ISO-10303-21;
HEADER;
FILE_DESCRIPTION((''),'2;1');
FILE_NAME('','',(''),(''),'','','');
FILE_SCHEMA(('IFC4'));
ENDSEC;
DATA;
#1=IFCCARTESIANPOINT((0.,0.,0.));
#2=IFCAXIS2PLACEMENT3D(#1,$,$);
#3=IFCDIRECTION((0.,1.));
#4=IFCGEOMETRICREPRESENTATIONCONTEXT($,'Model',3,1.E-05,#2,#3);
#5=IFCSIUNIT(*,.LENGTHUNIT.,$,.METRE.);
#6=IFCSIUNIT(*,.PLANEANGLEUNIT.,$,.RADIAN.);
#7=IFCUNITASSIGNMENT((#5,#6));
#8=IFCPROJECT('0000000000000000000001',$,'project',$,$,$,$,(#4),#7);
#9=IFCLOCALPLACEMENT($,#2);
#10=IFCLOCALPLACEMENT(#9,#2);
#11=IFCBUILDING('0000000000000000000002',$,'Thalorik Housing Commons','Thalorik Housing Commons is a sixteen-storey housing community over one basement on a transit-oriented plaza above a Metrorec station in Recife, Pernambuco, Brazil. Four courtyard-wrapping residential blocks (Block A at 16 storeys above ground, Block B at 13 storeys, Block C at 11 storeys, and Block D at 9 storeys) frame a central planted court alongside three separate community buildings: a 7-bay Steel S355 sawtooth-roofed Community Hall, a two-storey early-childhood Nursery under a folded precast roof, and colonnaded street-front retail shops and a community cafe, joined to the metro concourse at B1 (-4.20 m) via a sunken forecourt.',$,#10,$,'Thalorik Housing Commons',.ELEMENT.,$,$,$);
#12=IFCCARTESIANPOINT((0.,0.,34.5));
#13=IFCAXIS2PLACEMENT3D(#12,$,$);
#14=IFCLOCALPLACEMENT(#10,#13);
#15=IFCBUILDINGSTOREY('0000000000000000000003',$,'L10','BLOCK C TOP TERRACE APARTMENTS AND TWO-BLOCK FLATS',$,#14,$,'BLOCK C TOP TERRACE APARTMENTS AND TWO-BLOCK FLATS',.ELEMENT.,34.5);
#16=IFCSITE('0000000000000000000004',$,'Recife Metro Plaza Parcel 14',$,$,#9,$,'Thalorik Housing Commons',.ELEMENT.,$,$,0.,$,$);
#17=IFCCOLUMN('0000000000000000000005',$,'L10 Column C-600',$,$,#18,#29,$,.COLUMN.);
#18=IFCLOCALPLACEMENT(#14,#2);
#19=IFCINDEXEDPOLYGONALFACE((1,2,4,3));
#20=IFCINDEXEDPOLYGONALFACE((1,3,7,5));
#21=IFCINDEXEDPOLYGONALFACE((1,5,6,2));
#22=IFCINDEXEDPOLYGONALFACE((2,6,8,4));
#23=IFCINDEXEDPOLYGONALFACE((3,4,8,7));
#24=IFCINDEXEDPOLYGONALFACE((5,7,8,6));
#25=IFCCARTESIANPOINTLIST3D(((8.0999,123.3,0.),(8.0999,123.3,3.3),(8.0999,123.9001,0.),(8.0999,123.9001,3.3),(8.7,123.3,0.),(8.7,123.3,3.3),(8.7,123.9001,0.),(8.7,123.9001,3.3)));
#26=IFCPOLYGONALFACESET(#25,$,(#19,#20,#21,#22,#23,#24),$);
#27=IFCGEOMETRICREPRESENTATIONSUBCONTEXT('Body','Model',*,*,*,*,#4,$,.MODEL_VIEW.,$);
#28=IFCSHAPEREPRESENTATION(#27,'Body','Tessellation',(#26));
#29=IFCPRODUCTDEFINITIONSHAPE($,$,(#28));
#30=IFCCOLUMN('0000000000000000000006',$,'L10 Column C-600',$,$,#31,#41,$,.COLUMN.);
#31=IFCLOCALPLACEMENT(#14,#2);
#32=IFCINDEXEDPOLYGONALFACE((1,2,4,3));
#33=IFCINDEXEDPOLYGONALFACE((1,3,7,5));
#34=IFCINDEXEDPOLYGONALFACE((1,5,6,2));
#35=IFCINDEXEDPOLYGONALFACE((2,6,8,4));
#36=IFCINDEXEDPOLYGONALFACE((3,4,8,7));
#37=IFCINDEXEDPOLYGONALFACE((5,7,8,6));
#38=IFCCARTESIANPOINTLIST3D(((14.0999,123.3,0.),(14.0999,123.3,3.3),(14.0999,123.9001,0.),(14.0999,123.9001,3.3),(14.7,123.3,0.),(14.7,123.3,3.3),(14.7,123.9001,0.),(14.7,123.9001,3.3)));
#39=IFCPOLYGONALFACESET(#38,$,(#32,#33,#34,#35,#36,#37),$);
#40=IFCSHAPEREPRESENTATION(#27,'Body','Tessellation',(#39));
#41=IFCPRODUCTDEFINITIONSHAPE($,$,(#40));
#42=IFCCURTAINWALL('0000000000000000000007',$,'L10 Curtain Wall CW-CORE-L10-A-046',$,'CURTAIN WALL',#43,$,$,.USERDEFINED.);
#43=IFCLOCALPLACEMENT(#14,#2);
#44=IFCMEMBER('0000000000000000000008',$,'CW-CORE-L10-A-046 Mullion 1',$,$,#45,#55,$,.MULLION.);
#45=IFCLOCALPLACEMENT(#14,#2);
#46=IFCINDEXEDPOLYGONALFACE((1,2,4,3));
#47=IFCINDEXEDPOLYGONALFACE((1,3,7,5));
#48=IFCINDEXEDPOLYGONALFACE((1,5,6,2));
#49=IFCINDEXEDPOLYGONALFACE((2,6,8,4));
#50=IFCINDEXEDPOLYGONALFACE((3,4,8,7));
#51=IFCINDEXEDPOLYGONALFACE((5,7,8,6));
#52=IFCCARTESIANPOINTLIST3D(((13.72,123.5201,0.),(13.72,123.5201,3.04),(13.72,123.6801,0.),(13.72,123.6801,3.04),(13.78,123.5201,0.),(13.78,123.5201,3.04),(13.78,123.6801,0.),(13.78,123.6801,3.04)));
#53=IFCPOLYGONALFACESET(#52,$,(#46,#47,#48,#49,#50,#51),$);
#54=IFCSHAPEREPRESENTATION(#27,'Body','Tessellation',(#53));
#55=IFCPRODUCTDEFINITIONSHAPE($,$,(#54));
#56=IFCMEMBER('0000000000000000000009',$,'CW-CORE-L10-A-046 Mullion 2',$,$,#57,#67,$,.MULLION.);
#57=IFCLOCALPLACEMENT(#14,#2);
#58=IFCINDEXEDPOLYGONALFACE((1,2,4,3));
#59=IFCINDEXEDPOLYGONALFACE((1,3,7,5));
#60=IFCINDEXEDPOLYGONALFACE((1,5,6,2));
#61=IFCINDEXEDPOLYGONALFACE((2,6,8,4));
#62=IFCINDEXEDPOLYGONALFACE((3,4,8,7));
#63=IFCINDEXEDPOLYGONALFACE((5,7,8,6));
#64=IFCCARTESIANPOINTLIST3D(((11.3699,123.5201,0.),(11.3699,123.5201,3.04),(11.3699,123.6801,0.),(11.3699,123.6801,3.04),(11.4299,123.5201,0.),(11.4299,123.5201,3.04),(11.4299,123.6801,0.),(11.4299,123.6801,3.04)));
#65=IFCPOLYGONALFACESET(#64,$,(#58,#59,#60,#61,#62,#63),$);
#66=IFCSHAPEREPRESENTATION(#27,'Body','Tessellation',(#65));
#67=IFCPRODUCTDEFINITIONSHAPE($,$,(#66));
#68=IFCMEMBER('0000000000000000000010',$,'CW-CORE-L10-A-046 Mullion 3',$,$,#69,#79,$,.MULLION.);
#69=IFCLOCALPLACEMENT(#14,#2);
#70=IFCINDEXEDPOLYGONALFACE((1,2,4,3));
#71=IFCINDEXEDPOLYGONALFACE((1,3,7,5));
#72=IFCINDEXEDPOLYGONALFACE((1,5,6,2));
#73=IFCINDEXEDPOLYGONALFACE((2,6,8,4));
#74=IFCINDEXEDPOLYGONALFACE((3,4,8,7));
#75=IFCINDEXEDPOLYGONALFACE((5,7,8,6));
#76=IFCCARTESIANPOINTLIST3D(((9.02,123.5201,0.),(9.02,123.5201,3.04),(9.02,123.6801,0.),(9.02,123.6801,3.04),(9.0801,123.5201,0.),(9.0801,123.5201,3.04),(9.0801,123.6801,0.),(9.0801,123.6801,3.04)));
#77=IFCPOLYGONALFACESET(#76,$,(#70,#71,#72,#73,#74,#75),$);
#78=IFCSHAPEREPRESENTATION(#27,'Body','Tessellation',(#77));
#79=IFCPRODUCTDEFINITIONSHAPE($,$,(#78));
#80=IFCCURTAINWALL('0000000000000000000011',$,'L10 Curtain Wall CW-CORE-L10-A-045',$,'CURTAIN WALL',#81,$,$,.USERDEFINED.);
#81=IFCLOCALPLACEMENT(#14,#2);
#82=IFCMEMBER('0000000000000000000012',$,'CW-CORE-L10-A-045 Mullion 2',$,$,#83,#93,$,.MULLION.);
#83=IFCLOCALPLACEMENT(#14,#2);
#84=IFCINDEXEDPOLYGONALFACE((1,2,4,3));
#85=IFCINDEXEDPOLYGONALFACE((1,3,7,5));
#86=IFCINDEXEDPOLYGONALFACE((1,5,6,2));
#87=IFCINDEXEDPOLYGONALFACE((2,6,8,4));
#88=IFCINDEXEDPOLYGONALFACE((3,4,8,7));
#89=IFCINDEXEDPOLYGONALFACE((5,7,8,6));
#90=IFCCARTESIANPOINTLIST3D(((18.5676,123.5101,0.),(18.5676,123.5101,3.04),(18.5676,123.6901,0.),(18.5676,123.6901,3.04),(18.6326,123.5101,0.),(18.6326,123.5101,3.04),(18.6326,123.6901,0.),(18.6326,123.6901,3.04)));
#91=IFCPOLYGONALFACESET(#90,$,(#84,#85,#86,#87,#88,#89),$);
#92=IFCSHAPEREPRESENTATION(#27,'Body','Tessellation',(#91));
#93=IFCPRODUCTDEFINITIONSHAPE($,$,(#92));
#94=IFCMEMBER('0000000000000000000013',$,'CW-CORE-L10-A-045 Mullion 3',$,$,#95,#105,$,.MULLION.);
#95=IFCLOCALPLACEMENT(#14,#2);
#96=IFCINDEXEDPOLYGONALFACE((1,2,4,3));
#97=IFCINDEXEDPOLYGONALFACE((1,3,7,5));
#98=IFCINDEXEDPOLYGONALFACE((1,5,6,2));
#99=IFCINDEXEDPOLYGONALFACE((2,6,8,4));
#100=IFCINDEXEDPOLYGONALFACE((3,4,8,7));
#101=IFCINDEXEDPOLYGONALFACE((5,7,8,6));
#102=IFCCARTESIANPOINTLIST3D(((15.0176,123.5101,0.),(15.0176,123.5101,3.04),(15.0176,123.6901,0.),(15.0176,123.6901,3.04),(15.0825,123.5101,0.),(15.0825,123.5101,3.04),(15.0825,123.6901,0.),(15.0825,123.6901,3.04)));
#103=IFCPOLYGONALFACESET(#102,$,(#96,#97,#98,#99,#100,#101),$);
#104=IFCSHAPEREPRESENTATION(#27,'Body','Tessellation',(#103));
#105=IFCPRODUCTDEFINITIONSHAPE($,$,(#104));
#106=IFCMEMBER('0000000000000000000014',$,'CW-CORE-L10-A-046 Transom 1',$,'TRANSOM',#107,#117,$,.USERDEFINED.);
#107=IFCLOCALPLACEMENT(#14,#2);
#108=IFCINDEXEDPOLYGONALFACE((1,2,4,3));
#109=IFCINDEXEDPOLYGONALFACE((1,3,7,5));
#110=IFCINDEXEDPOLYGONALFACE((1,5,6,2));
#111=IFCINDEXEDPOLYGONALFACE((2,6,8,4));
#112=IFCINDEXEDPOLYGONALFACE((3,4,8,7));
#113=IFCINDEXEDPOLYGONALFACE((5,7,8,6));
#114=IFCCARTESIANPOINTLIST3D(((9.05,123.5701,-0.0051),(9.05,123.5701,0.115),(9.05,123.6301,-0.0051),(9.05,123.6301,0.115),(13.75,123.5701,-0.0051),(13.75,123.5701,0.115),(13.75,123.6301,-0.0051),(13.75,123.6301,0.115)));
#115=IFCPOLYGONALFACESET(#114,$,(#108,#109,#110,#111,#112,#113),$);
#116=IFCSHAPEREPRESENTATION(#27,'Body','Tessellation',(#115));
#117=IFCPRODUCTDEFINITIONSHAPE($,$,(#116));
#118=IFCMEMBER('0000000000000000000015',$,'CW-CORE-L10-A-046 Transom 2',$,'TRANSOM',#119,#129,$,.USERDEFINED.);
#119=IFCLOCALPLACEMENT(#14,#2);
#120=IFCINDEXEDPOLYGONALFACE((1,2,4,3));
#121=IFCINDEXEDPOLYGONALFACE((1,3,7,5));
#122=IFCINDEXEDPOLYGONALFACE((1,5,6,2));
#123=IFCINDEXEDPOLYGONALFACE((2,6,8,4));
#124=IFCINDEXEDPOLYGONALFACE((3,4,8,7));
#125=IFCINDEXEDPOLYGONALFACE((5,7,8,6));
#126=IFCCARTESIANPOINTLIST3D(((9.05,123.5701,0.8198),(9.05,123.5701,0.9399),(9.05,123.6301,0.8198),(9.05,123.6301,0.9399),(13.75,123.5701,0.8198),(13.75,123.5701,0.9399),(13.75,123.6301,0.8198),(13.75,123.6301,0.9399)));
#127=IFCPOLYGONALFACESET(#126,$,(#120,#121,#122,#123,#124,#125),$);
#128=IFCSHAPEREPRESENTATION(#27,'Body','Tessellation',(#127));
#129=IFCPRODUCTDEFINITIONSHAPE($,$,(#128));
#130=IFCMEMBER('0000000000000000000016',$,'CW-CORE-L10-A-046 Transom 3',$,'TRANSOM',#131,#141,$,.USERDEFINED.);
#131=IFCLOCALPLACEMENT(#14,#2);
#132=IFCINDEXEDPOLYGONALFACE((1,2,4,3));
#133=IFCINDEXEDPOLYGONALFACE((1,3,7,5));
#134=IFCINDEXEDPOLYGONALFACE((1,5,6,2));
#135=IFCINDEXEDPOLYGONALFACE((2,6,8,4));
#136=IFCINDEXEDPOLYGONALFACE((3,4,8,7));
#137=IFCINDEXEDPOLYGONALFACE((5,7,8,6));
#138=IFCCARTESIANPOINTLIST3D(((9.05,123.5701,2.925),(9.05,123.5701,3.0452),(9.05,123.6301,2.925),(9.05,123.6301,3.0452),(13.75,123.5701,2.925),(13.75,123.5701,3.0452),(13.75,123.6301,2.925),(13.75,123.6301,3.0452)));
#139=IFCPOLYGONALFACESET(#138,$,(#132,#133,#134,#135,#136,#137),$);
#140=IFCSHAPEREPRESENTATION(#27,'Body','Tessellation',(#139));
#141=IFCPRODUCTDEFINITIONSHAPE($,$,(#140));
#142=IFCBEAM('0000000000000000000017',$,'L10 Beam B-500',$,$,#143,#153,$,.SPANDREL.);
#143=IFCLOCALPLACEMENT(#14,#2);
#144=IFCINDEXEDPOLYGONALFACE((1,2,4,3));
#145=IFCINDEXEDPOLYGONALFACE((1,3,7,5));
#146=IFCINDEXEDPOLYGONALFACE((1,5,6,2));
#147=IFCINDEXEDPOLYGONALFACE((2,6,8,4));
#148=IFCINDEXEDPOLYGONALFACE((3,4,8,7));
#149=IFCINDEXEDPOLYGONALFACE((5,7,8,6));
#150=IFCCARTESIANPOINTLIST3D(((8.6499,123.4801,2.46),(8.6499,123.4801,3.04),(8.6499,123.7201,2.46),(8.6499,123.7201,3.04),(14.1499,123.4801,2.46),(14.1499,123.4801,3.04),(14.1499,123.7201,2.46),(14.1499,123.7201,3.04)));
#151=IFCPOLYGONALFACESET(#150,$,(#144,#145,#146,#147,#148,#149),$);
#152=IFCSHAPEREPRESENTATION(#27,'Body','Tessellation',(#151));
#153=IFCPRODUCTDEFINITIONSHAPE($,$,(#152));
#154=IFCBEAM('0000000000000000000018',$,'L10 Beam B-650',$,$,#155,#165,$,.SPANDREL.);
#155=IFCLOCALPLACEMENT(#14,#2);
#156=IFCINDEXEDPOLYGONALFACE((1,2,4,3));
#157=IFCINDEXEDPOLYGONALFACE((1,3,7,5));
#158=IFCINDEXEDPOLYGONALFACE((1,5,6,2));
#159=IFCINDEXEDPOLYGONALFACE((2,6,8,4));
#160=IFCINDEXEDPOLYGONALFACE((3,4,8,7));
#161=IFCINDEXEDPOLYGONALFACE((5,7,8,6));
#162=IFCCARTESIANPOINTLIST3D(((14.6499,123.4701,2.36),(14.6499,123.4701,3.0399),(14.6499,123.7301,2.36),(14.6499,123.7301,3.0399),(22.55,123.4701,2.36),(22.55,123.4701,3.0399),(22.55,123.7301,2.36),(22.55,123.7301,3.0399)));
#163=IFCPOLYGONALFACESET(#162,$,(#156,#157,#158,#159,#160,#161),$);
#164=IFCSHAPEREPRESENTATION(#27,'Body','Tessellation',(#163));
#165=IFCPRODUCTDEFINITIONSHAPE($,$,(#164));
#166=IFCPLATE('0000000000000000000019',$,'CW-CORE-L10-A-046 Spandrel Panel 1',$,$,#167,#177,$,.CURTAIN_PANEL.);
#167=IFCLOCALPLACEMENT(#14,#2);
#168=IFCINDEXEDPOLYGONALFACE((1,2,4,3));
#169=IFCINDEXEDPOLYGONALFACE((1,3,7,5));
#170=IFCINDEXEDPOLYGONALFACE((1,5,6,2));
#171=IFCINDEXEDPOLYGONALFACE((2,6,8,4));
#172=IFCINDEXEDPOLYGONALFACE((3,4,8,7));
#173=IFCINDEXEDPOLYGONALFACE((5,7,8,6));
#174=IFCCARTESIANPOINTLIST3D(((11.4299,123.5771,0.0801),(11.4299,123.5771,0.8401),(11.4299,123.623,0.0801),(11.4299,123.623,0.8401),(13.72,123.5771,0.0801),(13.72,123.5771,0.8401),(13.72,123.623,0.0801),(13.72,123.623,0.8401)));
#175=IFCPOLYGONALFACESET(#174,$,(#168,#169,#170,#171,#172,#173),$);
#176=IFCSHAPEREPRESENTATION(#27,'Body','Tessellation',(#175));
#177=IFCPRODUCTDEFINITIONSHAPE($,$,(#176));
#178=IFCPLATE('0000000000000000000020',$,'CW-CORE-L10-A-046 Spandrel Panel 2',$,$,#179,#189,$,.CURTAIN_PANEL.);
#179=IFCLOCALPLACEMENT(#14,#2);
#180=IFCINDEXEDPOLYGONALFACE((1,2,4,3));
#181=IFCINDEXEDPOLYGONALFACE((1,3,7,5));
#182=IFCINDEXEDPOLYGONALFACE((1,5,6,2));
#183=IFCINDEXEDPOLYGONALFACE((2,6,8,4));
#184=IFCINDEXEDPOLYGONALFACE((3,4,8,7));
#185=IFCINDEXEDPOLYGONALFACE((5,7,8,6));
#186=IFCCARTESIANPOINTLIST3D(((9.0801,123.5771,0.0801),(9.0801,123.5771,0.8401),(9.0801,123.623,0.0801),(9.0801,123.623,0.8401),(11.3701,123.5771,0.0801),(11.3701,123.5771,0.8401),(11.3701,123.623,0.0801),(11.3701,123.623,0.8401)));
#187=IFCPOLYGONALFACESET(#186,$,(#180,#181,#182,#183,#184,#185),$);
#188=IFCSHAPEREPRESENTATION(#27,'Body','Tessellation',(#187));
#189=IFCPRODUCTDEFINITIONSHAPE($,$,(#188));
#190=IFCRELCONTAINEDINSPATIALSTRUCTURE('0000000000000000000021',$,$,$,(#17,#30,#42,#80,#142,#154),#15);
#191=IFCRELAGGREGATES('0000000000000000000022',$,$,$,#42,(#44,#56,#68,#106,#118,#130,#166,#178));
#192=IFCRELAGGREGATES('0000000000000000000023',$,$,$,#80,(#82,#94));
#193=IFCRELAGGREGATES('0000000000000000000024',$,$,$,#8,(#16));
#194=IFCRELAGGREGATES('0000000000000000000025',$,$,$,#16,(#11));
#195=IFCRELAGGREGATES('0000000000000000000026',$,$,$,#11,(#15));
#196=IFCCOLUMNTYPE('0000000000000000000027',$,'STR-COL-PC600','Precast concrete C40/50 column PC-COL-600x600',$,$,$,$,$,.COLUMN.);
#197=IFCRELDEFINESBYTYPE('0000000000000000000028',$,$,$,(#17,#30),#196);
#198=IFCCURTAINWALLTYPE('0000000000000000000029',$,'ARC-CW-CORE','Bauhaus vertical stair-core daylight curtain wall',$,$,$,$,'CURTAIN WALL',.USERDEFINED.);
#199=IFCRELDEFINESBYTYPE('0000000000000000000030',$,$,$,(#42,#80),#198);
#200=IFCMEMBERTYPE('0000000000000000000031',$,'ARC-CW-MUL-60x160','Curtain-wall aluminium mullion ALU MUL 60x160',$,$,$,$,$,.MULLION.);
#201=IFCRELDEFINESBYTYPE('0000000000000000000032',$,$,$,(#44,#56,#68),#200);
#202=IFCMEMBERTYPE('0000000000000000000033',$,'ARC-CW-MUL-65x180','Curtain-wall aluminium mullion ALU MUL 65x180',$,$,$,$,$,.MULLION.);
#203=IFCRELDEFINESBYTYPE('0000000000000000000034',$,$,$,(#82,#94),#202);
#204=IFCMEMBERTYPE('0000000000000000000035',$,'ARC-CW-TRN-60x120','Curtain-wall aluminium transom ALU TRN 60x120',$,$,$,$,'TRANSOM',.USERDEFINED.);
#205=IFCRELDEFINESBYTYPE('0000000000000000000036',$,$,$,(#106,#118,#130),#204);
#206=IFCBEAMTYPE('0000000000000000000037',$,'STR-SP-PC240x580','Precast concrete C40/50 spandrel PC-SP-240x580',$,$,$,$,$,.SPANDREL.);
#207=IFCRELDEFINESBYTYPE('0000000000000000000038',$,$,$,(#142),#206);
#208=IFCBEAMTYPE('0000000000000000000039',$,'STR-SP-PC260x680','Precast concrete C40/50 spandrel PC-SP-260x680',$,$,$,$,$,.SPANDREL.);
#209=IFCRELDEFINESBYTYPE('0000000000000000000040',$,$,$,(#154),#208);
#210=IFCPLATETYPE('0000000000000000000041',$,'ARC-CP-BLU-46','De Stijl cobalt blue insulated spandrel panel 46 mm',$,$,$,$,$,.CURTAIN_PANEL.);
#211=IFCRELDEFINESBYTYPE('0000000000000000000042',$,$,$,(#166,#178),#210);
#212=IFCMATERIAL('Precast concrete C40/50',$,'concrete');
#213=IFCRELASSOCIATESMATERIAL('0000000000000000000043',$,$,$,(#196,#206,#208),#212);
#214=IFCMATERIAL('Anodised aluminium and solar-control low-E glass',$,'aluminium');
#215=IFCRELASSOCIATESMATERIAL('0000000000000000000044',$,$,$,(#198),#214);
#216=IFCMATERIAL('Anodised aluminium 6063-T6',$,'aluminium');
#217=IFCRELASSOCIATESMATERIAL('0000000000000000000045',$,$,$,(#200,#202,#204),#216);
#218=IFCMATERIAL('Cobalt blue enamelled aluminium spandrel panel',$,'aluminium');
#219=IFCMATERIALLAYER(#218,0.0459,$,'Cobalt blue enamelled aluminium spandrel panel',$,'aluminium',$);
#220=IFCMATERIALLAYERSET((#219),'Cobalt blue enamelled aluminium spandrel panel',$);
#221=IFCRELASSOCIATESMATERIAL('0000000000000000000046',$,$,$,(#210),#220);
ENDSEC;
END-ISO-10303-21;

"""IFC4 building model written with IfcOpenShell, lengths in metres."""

from ifc_helpers import new_model, si_unit, direction, frame, origin, origin_2d, place, context, subcontext, project, spatial, rectangle, extrude, material, layer, layer_set, material_profile, profile_set, type_object, element, aggregate, save


model = new_model("IFC4")

# Units and contexts
model_context = context("Model", 3, precision=1e-05, world=origin(), true_north=direction((0.0, 1.0)))
body_context = subcontext(model_context, "Body", "Model", "MODEL_VIEW")
ifc_project = project(units=[si_unit("LENGTHUNIT", "METRE"), si_unit("PLANEANGLEUNIT", "RADIAN")], contexts=[model_context])

# Site, building, storey
site_placement = place(None, origin())
site = spatial("IfcSite", under=ifc_project, at=site_placement, Name="Recife Metro Plaza Parcel 14", LongName="Thalorik Housing Commons", CompositionType="ELEMENT", RefElevation=0.0)
building_placement = place(site_placement, origin())
building = spatial("IfcBuilding", under=site, at=building_placement, Name="Thalorik Housing Commons", Description="Thalorik Housing Commons is a sixteen-storey housing community over one basement on a transit-oriented plaza above a Metrorec station in Recife, Pernambuco, Brazil. Four courtyard-wrapping residential blocks (Block A at 16 storeys above ground, Block B at 13 storeys, Block C at 11 storeys, and Block D at 9 storeys) frame a central planted court alongside three separate community buildings: a 7-bay Steel S355 sawtooth-roofed Community Hall, a two-storey early-childhood Nursery under a folded precast roof, and colonnaded street-front retail shops and a community cafe, joined to the metro concourse at B1 (-4.20 m) via a sunken forecourt.", LongName="Thalorik Housing Commons", CompositionType="ELEMENT")
storey_placement = place(building_placement, frame((0.0, 0.0, 34.5)))
storey = spatial("IfcBuildingStorey", under=building, at=storey_placement, Name="L10", Description="BLOCK C TOP TERRACE APARTMENTS AND TWO-BLOCK FLATS", LongName="BLOCK C TOP TERRACE APARTMENTS AND TWO-BLOCK FLATS", CompositionType="ELEMENT", Elevation=34.5)

# Columns
ifc_material_1 = material(Name="Precast concrete C40/50", Category="concrete")
ifc_material_profile_1 = material_profile(ifc_material_1, rectangle(XDim=0.6001, YDim=0.6001, at=origin_2d()), Name="PC 600x600", Category="concrete")
ifc_profile_set_1 = profile_set([ifc_material_profile_1], Name="Precast concrete C40/50")
column_type = type_object("IfcColumnType", Name="STR-COL-PC600", Description="Precast concrete C40/50 column PC-COL-600x600", PredefinedType="COLUMN", material=ifc_profile_set_1)
for number, where, z_axis, x_axis, name in (
    (1, (8.3999, 123.6001, 0.0), (0.0, 0.0, 1.0), (1.0, 0.0, 0.0), "L10 Column C-600"),
    (2, (14.3999, 123.6001, 0.0), (0.0, 0.0, 1.0), (1.0, 0.0, 0.0), "L10 Column C-600"),
):
    element("IfcColumn", number, at=place(storey_placement, frame(where, z_axis=z_axis, x_axis=x_axis)), inside=storey, type_object=column_type, Name=name, PredefinedType="COLUMN", context=body_context, shape_type="SweptSolid", body=[
        extrude(rectangle(XDim=0.6001, YDim=0.6001, at=origin_2d()), origin(), (0.0, 0.0, 1.0), 3.3),
    ])

# Curtain walls, members
ifc_material_2 = material(Name="Anodised aluminium and solar-control low-E glass", Category="aluminium")
curtain_wall_type = type_object("IfcCurtainWallType", Name="ARC-CW-CORE", Description="Bauhaus vertical stair-core daylight curtain wall", ElementType="CURTAIN WALL", PredefinedType="USERDEFINED", material=ifc_material_2)
curtain_wall_1_placement = place(storey_placement, origin())
curtain_wall_1 = element("IfcCurtainWall", 3, at=curtain_wall_1_placement, inside=storey, type_object=curtain_wall_type, Name="L10 Curtain Wall CW-CORE-L10-A-046", ObjectType="CURTAIN WALL", PredefinedType="USERDEFINED")
ifc_material_3 = material(Name="Anodised aluminium 6063-T6", Category="aluminium")
ifc_material_profile_2 = material_profile(ifc_material_3, rectangle(XDim=0.0601, YDim=0.1599, at=origin_2d()), Name="ALU MUL 60x160", Category="aluminium")
ifc_profile_set_2 = profile_set([ifc_material_profile_2], Name="Anodised aluminium 6063-T6")
member_type_1 = type_object("IfcMemberType", Name="ARC-CW-MUL-60x160", Description="Curtain-wall aluminium mullion ALU MUL 60x160", PredefinedType="MULLION", material=ifc_profile_set_2)
member_1_placement = place(storey_placement, frame((13.75, 123.6001, 0.0), z_axis=(0.0, 0.0, 1.0), x_axis=(-1.0, 0.0, 0.0)))
member_1 = element("IfcMember", 4, at=member_1_placement, type_object=member_type_1, Name="CW-CORE-L10-A-046 Mullion 1", PredefinedType="MULLION", context=body_context, shape_type="SweptSolid", body=[
    extrude(rectangle(XDim=0.0601, YDim=0.1599, at=origin_2d()), origin(), (0.0, 0.0, 1.0), 3.04),
])
member_2_placement = place(storey_placement, frame((11.3999, 123.6001, 0.0), z_axis=(0.0, 0.0, 1.0), x_axis=(-1.0, 0.0, 0.0)))
member_2 = element("IfcMember", 5, at=member_2_placement, type_object=member_type_1, Name="CW-CORE-L10-A-046 Mullion 2", PredefinedType="MULLION", context=body_context, shape_type="SweptSolid", body=[
    extrude(rectangle(XDim=0.0601, YDim=0.1599, at=origin_2d()), origin(), (0.0, 0.0, 1.0), 3.04),
])
member_3_placement = place(storey_placement, frame((9.05, 123.6001, 0.0), z_axis=(0.0, 0.0, 1.0), x_axis=(-1.0, 0.0, 0.0)))
member_3 = element("IfcMember", 6, at=member_3_placement, type_object=member_type_1, Name="CW-CORE-L10-A-046 Mullion 3", PredefinedType="MULLION", context=body_context, shape_type="SweptSolid", body=[
    extrude(rectangle(XDim=0.0601, YDim=0.1599, at=origin_2d()), origin(), (0.0, 0.0, 1.0), 3.04),
])
curtain_wall_2_placement = place(storey_placement, origin())
curtain_wall_2 = element("IfcCurtainWall", 7, at=curtain_wall_2_placement, inside=storey, type_object=curtain_wall_type, Name="L10 Curtain Wall CW-CORE-L10-A-045", ObjectType="CURTAIN WALL", PredefinedType="USERDEFINED")
ifc_material_profile_3 = material_profile(ifc_material_3, rectangle(XDim=0.0649, YDim=0.1799, at=origin_2d()), Name="ALU MUL 65x180", Category="aluminium")
ifc_profile_set_3 = profile_set([ifc_material_profile_3], Name="Anodised aluminium 6063-T6")
member_type_2 = type_object("IfcMemberType", Name="ARC-CW-MUL-65x180", Description="Curtain-wall aluminium mullion ALU MUL 65x180", PredefinedType="MULLION", material=ifc_profile_set_3)
member_4_placement = place(storey_placement, frame((18.6001, 123.6001, 0.0), z_axis=(0.0, 0.0, 1.0), x_axis=(-1.0, 0.0, 0.0)))
member_4 = element("IfcMember", 8, at=member_4_placement, type_object=member_type_2, Name="CW-CORE-L10-A-045 Mullion 2", PredefinedType="MULLION", context=body_context, shape_type="SweptSolid", body=[
    extrude(rectangle(XDim=0.0649, YDim=0.1799, at=origin_2d()), origin(), (0.0, 0.0, 1.0), 3.04),
])
member_5_placement = place(storey_placement, frame((15.05, 123.6001, 0.0), z_axis=(0.0, 0.0, 1.0), x_axis=(-1.0, 0.0, 0.0)))
member_5 = element("IfcMember", 9, at=member_5_placement, type_object=member_type_2, Name="CW-CORE-L10-A-045 Mullion 3", PredefinedType="MULLION", context=body_context, shape_type="SweptSolid", body=[
    extrude(rectangle(XDim=0.0649, YDim=0.1799, at=origin_2d()), origin(), (0.0, 0.0, 1.0), 3.04),
])

# Members
ifc_material_profile_4 = material_profile(ifc_material_3, rectangle(XDim=0.0601, YDim=0.1201, at=origin_2d()), Name="ALU TRN 60x120", Category="aluminium")
ifc_profile_set_4 = profile_set([ifc_material_profile_4], Name="Anodised aluminium 6063-T6")
member_type_3 = type_object("IfcMemberType", Name="ARC-CW-TRN-60x120", Description="Curtain-wall aluminium transom ALU TRN 60x120", ElementType="TRANSOM", PredefinedType="USERDEFINED", material=ifc_profile_set_4)
member_6_placement = place(storey_placement, frame((13.75, 123.6001, 0.0549), z_axis=(-1.0, 0.0, 0.0), x_axis=(0.0, -1.0, 0.0)))
member_6 = element("IfcMember", 10, at=member_6_placement, type_object=member_type_3, Name="CW-CORE-L10-A-046 Transom 1", ObjectType="TRANSOM", PredefinedType="USERDEFINED", context=body_context, shape_type="SweptSolid", body=[
    extrude(rectangle(XDim=0.0601, YDim=0.1201, at=origin_2d()), origin(), (0.0, 0.0, 1.0), 4.7),
])
member_7_placement = place(storey_placement, frame((13.75, 123.6001, 0.8799), z_axis=(-1.0, 0.0, 0.0), x_axis=(0.0, -1.0, 0.0)))
member_7 = element("IfcMember", 11, at=member_7_placement, type_object=member_type_3, Name="CW-CORE-L10-A-046 Transom 2", ObjectType="TRANSOM", PredefinedType="USERDEFINED", context=body_context, shape_type="SweptSolid", body=[
    extrude(rectangle(XDim=0.0601, YDim=0.1201, at=origin_2d()), origin(), (0.0, 0.0, 1.0), 4.7),
])
member_8_placement = place(storey_placement, frame((13.75, 123.6001, 2.9851), z_axis=(-1.0, 0.0, 0.0), x_axis=(0.0, -1.0, 0.0)))
member_8 = element("IfcMember", 12, at=member_8_placement, type_object=member_type_3, Name="CW-CORE-L10-A-046 Transom 3", ObjectType="TRANSOM", PredefinedType="USERDEFINED", context=body_context, shape_type="SweptSolid", body=[
    extrude(rectangle(XDim=0.0601, YDim=0.1201, at=origin_2d()), origin(), (0.0, 0.0, 1.0), 4.7),
])

# Beams
ifc_material_profile_5 = material_profile(ifc_material_1, rectangle(XDim=0.24, YDim=0.5801, at=origin_2d()), Name="PC SP 240x580", Category="concrete")
ifc_profile_set_5 = profile_set([ifc_material_profile_5], Name="Precast concrete C40/50")
beam_type_1 = type_object("IfcBeamType", Name="STR-SP-PC240x580", Description="Precast concrete C40/50 spandrel PC-SP-240x580", PredefinedType="SPANDREL", material=ifc_profile_set_5)
beam_1_placement = place(storey_placement, frame((8.6499, 123.6001, 2.75), z_axis=(1.0, 0.0, 0.0), x_axis=(0.0, 1.0, 0.0)))
element("IfcBeam", 13, at=beam_1_placement, inside=storey, type_object=beam_type_1, Name="L10 Beam B-500", PredefinedType="SPANDREL", context=body_context, shape_type="SweptSolid", body=[
    extrude(rectangle(XDim=0.24, YDim=0.5801, at=origin_2d()), origin(), (0.0, 0.0, 1.0), 5.5),
])
ifc_material_profile_6 = material_profile(ifc_material_1, rectangle(XDim=0.26, YDim=0.6799, at=origin_2d()), Name="PC SP 260x680", Category="concrete")
ifc_profile_set_6 = profile_set([ifc_material_profile_6], Name="Precast concrete C40/50")
beam_type_2 = type_object("IfcBeamType", Name="STR-SP-PC260x680", Description="Precast concrete C40/50 spandrel PC-SP-260x680", PredefinedType="SPANDREL", material=ifc_profile_set_6)
beam_2_placement = place(storey_placement, frame((14.6499, 123.6001, 2.7), z_axis=(1.0, 0.0, 0.0), x_axis=(0.0, 1.0, 0.0)))
element("IfcBeam", 14, at=beam_2_placement, inside=storey, type_object=beam_type_2, Name="L10 Beam B-650", PredefinedType="SPANDREL", context=body_context, shape_type="SweptSolid", body=[
    extrude(rectangle(XDim=0.26, YDim=0.6799, at=origin_2d()), origin(), (0.0, 0.0, 1.0), 7.9001),
])

# Plates
ifc_material_4 = material(Name="Cobalt blue enamelled aluminium spandrel panel", Category="aluminium")
ifc_layer_1 = layer(ifc_material_4, 0.0459, Name="Cobalt blue enamelled aluminium spandrel panel", Category="aluminium")
ifc_layer_set_1 = layer_set([ifc_layer_1], Name="Cobalt blue enamelled aluminium spandrel panel")
plate_type_1 = type_object("IfcPlateType", Name="ARC-CP-BLU-46", Description="De Stijl cobalt blue insulated spandrel panel 46 mm", PredefinedType="CURTAIN_PANEL", material=ifc_layer_set_1)
plate_1_placement = place(storey_placement, frame((12.575, 123.6001, 0.0801), z_axis=(0.0, 0.0, 1.0), x_axis=(-1.0, 0.0, 0.0)))
plate_1 = element("IfcPlate", 15, at=plate_1_placement, type_object=plate_type_1, Name="CW-CORE-L10-A-046 Spandrel Panel 1", PredefinedType="CURTAIN_PANEL", context=body_context, shape_type="SweptSolid", body=[
    extrude(rectangle(XDim=2.29, YDim=0.0459, at=origin_2d()), origin(), (0.0, 0.0, 1.0), 0.76),
])
plate_2_placement = place(storey_placement, frame((10.2251, 123.6001, 0.0801), z_axis=(0.0, 0.0, 1.0), x_axis=(-1.0, 0.0, 0.0)))
plate_2 = element("IfcPlate", 16, at=plate_2_placement, type_object=plate_type_1, Name="CW-CORE-L10-A-046 Spandrel Panel 2", PredefinedType="CURTAIN_PANEL", context=body_context, shape_type="SweptSolid", body=[
    extrude(rectangle(XDim=2.29, YDim=0.0459, at=origin_2d()), origin(), (0.0, 0.0, 1.0), 0.76),
])
aggregate(curtain_wall_1, [member_1, member_2, member_3, member_6, member_7, member_8, plate_1, plate_2])
aggregate(curtain_wall_2, [member_4, member_5])

save(model, "model.ifc")
